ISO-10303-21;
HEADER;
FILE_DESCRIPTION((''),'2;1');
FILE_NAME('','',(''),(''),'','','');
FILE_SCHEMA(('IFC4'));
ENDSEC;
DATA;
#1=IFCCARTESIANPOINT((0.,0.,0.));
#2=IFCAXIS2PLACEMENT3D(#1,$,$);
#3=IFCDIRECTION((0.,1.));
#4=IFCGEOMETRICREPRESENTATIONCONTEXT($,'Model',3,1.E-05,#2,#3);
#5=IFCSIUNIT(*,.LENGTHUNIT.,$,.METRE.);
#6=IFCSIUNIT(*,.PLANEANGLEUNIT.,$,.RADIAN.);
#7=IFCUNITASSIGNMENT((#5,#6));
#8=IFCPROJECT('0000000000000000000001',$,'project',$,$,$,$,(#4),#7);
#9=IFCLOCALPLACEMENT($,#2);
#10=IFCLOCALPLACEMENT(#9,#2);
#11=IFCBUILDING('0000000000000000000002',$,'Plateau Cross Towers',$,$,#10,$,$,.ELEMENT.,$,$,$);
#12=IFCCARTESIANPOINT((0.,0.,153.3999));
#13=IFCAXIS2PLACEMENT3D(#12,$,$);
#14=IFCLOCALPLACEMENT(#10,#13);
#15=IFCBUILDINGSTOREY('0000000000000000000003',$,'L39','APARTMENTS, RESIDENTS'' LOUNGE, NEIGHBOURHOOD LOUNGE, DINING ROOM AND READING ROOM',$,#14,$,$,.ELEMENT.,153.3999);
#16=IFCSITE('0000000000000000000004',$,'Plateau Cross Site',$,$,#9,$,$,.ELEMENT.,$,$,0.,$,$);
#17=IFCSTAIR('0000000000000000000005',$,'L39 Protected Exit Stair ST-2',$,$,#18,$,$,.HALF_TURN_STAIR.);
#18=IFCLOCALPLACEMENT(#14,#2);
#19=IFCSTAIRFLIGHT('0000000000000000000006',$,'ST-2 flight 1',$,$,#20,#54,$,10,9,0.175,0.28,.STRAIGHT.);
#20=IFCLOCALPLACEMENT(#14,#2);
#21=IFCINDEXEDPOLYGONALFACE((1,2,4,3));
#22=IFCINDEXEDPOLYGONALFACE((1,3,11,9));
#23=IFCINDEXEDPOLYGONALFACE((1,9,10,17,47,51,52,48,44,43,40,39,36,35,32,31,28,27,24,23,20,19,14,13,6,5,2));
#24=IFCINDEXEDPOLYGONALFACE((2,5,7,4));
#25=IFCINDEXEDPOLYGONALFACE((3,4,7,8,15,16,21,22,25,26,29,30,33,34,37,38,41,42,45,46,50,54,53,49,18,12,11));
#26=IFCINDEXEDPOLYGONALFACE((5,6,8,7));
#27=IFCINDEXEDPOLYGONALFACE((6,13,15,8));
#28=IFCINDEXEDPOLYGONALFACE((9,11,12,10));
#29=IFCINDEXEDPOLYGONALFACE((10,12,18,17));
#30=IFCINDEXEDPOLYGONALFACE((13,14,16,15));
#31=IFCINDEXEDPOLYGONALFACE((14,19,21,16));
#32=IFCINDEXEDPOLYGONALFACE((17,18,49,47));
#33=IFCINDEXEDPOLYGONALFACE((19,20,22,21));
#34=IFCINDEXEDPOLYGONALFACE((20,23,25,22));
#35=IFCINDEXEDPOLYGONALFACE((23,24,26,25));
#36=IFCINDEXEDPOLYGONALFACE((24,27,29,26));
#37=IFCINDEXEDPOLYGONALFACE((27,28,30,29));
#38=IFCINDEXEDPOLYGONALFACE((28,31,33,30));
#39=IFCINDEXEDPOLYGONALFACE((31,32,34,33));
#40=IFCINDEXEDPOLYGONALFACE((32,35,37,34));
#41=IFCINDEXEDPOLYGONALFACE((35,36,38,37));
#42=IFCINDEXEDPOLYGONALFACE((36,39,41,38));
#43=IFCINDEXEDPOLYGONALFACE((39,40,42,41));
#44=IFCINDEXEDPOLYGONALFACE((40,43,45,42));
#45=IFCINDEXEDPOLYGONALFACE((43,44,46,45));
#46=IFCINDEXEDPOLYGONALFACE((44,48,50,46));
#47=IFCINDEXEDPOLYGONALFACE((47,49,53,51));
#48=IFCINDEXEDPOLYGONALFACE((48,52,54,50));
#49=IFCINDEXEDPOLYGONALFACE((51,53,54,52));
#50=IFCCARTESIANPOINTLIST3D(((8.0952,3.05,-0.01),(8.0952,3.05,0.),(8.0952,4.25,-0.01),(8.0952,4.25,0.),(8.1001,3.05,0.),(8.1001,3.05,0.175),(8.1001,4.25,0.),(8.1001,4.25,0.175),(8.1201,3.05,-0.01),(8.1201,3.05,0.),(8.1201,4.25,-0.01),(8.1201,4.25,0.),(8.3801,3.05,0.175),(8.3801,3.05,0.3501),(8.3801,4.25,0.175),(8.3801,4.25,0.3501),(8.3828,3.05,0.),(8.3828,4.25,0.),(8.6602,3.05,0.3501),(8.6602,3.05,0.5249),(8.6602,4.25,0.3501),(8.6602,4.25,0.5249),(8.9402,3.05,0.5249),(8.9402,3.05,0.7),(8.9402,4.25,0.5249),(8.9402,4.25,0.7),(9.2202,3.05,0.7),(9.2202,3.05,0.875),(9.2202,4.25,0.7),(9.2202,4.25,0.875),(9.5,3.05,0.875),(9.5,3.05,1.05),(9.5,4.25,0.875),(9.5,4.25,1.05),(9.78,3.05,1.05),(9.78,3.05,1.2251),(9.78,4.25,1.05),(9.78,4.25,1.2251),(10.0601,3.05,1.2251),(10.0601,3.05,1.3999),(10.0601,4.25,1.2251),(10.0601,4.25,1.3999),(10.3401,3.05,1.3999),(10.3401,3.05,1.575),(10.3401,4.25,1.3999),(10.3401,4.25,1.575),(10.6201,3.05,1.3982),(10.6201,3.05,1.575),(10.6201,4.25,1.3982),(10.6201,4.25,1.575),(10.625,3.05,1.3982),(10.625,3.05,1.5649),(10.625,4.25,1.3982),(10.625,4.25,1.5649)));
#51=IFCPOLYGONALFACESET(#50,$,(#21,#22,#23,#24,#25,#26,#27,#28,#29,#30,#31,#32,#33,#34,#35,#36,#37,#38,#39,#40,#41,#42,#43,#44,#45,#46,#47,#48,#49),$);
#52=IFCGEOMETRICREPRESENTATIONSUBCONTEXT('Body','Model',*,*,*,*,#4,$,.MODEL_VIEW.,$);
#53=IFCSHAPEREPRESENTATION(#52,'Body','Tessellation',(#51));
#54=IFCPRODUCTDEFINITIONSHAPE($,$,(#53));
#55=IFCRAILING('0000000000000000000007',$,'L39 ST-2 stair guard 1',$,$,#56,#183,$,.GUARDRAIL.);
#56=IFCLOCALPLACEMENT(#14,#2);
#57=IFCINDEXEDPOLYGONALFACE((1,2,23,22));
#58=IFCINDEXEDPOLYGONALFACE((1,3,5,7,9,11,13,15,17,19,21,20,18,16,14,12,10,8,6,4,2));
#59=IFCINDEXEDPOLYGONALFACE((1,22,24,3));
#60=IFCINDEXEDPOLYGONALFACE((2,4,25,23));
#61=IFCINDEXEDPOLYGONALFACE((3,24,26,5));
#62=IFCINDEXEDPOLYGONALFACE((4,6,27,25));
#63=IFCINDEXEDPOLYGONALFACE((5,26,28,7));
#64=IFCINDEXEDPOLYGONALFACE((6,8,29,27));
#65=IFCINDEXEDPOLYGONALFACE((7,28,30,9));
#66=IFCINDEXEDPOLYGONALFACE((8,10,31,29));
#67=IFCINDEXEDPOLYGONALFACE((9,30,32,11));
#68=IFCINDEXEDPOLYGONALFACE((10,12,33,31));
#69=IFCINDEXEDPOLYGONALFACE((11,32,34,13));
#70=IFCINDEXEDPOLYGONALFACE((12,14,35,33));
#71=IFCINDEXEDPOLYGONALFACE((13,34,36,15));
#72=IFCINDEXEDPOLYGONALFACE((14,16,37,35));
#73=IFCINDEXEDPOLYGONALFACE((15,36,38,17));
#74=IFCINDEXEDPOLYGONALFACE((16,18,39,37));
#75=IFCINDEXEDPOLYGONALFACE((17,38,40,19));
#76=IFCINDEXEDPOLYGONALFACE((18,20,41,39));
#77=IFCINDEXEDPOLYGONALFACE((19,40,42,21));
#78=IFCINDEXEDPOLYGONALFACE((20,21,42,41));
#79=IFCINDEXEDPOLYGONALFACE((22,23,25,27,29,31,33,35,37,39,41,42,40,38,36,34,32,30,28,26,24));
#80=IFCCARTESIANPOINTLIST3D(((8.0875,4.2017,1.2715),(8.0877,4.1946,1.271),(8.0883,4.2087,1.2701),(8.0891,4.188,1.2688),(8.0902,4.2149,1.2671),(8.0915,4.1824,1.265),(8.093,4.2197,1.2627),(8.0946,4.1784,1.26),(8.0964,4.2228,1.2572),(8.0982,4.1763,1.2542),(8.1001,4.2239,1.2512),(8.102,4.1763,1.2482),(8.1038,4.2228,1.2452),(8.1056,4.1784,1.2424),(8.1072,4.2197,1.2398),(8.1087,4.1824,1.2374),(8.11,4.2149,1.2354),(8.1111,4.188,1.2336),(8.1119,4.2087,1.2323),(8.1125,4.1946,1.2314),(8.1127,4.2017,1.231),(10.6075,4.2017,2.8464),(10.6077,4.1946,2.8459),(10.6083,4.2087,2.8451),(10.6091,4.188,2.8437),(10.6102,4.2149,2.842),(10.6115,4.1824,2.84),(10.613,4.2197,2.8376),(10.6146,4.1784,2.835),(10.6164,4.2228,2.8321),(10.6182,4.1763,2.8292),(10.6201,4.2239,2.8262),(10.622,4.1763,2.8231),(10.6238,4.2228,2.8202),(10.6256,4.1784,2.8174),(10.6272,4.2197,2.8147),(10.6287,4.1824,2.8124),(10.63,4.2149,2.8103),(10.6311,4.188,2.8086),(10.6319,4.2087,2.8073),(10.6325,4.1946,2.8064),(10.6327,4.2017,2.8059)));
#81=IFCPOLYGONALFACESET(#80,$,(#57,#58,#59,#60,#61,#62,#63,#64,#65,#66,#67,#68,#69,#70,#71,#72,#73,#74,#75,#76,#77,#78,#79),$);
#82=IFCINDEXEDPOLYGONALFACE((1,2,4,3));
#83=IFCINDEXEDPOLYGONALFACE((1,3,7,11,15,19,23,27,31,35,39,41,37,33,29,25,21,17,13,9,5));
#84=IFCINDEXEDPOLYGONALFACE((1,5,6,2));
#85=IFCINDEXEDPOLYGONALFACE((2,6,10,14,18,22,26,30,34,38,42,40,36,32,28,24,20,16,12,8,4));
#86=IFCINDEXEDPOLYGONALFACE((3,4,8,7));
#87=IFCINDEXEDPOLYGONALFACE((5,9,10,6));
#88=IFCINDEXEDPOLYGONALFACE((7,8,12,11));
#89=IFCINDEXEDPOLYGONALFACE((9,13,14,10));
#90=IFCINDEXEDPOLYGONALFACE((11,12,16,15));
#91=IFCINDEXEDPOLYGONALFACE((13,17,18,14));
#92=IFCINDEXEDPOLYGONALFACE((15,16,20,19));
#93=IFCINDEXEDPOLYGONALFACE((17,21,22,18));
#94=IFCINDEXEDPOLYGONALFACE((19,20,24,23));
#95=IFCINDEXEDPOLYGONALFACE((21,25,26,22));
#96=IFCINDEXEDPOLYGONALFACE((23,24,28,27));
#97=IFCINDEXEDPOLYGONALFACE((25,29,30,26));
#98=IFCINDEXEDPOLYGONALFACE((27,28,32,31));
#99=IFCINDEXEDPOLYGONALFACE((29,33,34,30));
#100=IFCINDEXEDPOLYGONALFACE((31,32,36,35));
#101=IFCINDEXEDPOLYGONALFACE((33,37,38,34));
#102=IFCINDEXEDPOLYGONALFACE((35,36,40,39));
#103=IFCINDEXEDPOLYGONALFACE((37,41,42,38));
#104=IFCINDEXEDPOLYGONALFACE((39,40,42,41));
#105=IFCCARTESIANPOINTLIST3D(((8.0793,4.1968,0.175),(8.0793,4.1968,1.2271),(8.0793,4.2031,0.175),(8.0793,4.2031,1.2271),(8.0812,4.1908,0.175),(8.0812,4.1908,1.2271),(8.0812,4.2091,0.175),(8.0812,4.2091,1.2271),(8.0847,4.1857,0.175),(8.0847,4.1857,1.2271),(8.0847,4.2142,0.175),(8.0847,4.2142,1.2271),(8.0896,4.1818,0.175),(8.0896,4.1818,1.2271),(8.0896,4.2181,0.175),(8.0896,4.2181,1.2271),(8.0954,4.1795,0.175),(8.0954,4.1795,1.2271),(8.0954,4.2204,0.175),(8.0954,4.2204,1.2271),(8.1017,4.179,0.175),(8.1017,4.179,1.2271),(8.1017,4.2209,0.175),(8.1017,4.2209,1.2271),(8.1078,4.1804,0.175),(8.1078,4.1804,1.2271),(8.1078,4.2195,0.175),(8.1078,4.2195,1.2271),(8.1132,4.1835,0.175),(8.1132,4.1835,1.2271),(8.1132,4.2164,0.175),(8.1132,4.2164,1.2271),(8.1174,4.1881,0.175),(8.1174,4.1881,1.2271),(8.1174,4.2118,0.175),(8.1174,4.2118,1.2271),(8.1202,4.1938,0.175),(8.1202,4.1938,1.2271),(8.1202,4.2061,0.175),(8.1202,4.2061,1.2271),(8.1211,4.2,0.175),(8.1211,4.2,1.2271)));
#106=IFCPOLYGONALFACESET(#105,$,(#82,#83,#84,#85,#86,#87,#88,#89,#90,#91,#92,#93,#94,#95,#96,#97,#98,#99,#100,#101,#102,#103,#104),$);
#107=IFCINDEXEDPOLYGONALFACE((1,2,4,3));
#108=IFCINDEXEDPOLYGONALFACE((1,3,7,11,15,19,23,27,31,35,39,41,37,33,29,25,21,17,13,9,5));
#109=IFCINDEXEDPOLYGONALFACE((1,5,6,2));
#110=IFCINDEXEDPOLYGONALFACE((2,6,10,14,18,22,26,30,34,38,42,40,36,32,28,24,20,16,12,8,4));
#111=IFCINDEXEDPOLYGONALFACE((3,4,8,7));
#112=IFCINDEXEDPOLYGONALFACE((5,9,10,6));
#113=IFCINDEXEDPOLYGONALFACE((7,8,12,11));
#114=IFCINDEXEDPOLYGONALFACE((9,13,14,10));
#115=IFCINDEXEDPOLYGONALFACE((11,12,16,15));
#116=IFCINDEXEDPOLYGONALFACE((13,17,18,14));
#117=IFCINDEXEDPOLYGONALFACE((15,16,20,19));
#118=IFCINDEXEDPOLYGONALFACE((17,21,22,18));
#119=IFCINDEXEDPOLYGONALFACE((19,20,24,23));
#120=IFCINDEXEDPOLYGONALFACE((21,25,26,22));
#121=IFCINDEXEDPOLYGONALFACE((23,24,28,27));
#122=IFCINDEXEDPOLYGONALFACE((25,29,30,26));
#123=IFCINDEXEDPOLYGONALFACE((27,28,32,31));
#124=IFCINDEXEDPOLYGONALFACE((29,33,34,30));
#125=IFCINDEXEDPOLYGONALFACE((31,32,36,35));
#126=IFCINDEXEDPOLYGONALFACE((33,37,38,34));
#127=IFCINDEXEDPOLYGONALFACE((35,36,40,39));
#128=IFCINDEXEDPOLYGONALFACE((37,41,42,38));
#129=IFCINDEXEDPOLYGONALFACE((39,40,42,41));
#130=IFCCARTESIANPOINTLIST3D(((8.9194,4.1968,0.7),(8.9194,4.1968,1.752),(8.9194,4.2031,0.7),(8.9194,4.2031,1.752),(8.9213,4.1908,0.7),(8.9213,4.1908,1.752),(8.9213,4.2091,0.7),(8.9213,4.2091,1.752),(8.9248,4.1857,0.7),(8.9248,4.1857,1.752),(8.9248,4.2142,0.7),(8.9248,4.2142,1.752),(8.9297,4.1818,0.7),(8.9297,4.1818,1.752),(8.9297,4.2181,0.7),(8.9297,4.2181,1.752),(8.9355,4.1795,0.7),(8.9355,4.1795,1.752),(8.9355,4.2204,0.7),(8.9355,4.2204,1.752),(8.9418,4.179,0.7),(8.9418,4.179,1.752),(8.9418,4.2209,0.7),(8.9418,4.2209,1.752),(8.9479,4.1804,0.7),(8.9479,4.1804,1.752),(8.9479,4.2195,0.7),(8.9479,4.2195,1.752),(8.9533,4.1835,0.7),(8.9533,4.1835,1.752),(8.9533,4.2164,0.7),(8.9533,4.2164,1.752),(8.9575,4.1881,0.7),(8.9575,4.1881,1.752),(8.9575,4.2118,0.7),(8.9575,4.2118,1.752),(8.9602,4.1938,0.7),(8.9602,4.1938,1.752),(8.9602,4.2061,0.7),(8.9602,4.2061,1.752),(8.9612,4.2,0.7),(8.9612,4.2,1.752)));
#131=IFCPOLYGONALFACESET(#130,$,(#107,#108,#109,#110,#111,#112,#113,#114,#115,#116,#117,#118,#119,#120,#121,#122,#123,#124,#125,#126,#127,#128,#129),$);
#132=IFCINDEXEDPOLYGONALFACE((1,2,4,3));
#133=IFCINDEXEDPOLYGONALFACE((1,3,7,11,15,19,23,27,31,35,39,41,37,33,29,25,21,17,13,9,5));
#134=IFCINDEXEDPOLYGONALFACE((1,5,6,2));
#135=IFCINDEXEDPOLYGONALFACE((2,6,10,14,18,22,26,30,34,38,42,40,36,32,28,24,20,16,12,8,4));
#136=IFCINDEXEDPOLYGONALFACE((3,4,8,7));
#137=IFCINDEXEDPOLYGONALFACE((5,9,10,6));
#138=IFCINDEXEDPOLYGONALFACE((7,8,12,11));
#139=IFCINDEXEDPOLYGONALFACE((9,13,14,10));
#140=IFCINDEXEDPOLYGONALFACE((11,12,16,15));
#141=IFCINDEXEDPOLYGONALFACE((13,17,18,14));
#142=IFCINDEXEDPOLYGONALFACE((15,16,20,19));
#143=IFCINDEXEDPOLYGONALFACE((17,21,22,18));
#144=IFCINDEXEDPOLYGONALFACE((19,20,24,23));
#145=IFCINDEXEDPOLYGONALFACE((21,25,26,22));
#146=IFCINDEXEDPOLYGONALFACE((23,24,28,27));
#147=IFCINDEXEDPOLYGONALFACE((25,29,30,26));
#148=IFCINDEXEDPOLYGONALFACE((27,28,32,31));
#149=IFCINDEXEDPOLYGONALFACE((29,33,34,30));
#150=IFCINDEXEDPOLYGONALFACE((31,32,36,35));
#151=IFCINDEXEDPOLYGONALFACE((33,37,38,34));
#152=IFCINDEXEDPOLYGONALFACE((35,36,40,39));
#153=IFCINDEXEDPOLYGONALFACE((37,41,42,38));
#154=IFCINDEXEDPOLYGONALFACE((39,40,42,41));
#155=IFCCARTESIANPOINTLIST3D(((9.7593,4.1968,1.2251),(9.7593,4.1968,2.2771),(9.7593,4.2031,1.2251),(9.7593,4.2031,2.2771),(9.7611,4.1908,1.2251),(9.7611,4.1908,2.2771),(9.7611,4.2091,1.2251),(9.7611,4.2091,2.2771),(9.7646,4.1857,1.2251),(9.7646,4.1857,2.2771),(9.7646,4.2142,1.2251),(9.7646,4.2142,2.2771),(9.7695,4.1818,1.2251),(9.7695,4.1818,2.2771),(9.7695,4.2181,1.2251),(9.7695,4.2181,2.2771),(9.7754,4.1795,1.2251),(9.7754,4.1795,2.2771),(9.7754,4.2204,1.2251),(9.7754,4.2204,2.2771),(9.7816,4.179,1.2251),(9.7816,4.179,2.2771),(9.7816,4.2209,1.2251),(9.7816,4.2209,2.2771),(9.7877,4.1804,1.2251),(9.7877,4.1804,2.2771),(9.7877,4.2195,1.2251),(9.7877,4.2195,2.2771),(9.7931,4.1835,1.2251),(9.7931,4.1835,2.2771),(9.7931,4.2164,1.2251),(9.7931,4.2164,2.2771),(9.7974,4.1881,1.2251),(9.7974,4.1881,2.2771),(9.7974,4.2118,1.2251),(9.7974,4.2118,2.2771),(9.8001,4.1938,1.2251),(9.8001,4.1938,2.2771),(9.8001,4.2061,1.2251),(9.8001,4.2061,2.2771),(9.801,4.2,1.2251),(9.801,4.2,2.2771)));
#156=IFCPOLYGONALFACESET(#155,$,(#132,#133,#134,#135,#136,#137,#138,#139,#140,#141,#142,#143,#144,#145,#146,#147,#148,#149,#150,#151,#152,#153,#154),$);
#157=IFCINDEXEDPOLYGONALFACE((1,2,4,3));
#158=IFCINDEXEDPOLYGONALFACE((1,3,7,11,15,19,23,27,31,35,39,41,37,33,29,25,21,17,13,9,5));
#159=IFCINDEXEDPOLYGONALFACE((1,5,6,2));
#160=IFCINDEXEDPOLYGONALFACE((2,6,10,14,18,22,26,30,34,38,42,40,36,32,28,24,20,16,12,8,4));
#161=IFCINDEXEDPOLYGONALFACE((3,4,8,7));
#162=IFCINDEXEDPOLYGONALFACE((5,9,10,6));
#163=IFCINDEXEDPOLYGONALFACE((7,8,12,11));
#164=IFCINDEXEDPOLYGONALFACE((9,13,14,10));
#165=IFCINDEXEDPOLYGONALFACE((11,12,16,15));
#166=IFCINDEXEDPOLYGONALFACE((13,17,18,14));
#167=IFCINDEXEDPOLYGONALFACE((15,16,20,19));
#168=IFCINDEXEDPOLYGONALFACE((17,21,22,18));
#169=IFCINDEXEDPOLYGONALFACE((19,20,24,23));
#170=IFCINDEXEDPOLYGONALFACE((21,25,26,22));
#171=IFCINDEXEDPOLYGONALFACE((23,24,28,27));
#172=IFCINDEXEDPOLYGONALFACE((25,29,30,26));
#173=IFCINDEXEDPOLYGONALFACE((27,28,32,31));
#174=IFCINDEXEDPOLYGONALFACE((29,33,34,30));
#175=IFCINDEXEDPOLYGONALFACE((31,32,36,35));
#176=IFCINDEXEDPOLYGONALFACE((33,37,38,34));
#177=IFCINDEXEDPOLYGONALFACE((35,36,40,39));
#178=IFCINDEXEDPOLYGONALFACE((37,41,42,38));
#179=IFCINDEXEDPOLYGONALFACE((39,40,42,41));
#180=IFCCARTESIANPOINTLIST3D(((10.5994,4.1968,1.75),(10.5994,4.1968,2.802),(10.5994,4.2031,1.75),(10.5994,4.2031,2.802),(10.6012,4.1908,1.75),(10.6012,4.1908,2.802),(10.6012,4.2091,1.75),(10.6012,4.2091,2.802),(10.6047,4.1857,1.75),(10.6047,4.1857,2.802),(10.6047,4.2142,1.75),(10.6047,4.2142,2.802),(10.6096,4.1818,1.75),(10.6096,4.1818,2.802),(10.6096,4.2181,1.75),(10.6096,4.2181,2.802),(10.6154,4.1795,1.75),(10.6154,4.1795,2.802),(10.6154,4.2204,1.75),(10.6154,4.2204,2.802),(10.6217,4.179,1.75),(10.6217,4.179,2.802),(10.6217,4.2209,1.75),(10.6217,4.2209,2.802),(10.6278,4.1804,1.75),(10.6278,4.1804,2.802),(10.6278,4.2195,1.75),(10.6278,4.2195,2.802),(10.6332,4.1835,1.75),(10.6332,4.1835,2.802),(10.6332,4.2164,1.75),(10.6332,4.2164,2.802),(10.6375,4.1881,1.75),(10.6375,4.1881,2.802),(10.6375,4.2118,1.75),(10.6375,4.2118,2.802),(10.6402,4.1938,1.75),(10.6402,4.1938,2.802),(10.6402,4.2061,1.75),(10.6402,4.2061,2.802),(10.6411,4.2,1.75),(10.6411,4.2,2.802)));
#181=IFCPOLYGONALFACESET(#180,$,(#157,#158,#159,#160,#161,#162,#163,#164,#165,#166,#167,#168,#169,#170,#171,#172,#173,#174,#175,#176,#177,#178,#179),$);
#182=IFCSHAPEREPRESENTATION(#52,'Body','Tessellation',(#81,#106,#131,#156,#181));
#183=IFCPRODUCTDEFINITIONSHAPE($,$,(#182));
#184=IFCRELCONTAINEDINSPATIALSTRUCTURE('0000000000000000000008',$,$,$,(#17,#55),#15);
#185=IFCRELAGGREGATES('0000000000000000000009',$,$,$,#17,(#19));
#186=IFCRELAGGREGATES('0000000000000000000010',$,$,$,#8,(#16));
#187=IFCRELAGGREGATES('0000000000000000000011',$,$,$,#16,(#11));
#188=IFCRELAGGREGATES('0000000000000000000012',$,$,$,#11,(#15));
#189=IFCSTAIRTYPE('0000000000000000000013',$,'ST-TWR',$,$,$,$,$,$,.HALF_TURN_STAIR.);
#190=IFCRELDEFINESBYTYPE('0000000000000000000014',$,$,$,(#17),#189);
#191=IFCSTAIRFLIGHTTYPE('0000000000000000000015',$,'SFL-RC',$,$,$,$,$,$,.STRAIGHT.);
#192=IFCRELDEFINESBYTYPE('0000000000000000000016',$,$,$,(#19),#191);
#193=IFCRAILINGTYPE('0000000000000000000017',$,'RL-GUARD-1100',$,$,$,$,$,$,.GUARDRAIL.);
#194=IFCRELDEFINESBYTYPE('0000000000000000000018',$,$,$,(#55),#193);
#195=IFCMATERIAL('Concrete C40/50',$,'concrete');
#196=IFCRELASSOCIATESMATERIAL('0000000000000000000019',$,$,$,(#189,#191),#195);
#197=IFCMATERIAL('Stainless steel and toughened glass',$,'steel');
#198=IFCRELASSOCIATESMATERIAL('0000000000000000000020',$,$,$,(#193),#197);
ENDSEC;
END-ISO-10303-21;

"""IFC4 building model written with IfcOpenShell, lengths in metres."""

from ifc_helpers import new_model, si_unit, direction, frame, origin, origin_2d, place, context, subcontext, project, spatial, polyline, circle, outline, extrude, material, type_object, element, aggregate, save


model = new_model("IFC4")

# Units and contexts
model_context = context("Model", 3, precision=1e-05, world=origin(), true_north=direction((0.0, 1.0)))
body_context = subcontext(model_context, "Body", "Model", "MODEL_VIEW")
ifc_project = project(units=[si_unit("LENGTHUNIT", "METRE"), si_unit("PLANEANGLEUNIT", "RADIAN")], contexts=[model_context])

# Site, building, storey
site_placement = place(None, origin())
site = spatial("IfcSite", under=ifc_project, at=site_placement, Name="Plateau Cross Site", CompositionType="ELEMENT", RefElevation=0.0)
building_placement = place(site_placement, origin())
building = spatial("IfcBuilding", under=site, at=building_placement, Name="Plateau Cross Towers", CompositionType="ELEMENT")
storey_placement = place(building_placement, frame((0.0, 0.0, 153.3999)))
storey = spatial("IfcBuildingStorey", under=building, at=storey_placement, Name="L39", Description="APARTMENTS, RESIDENTS' LOUNGE, NEIGHBOURHOOD LOUNGE, DINING ROOM AND READING ROOM", CompositionType="ELEMENT", Elevation=153.3999)

# Shared definitions
ifc_material_1 = material(Name="Concrete C40/50", Category="concrete")

# Stair
stair_type = type_object("IfcStairType", Name="ST-TWR", PredefinedType="HALF_TURN_STAIR", material=ifc_material_1)
stair_1_placement = place(storey_placement, origin())
stair_1 = element("IfcStair", 1, at=stair_1_placement, inside=storey, type_object=stair_type, Name="L39 Protected Exit Stair ST-2", PredefinedType="HALF_TURN_STAIR")

# Stair flight
stair_flight_type = type_object("IfcStairFlightType", Name="SFL-RC", PredefinedType="STRAIGHT", material=ifc_material_1)
stair_flight_placement = place(storey_placement, frame((8.1001, 3.6499, 0.0), z_axis=(0.0, 0.0, 1.0), x_axis=(1.0, 0.0, 0.0)))
stair_flight = element("IfcStairFlight", 2, at=stair_flight_placement, type_object=stair_flight_type, Name="ST-2 flight 1", NumberOfRisers=10, NumberOfTreads=9, PredefinedType="STRAIGHT", RiserHeight=0.175, TreadLength=0.28, context=body_context, shape_type="SweptSolid", body=[
    extrude(outline(polyline([(-0.0049, -0.01), (-0.0049, 0.0), (0.0, 0.0), (0.0, 0.175), (0.28, 0.175), (0.28, 0.3501), (0.5601, 0.3501), (0.5601, 0.5249), (0.8401, 0.5249), (0.8401, 0.7), (1.1201, 0.7), (1.1201, 0.875), (1.3999, 0.875), (1.3999, 1.05), (1.6799, 1.05), (1.6799, 1.2251), (1.96, 1.2251), (1.96, 1.3999), (2.24, 1.3999), (2.24, 1.575), (2.52, 1.575), (2.5249, 1.5649), (2.5249, 1.3982), (2.52, 1.3982), (0.2827, 0.0), (0.02, 0.0), (0.02, -0.01), (-0.0049, -0.01)])), frame((0.0, 0.6001, 0.0), z_axis=(0.0, -1.0, 0.0), x_axis=(1.0, 0.0, 0.0)), (0.0, 0.0, 1.0), 1.2),
])
aggregate(stair_1, [stair_flight])

# Railing
ifc_material_2 = material(Name="Stainless steel and toughened glass", Category="steel")
railing_type_1 = type_object("IfcRailingType", Name="RL-GUARD-1100", PredefinedType="GUARDRAIL", material=ifc_material_2)
railing_1_placement = place(storey_placement, frame((8.1001, 4.2, 0.175)))
element("IfcRailing", 3, at=railing_1_placement, inside=storey, type_object=railing_type_1, Name="L39 ST-2 stair guard 1", PredefinedType="GUARDRAIL", context=body_context, shape_type="SweptSolid", body=[
    extrude(circle(Radius=0.0239, at=origin_2d()), frame((0.0, 0.0, 1.0762), z_axis=(0.848008, 0.0, 0.529984), x_axis=(0.0, 1.0, 0.0)), (0.0, 0.0, 1.0), 2.9717),
    extrude(circle(Radius=0.021, at=origin_2d()), origin(), (0.0, 0.0, 1.0), 1.052),
    extrude(circle(Radius=0.021, at=origin_2d()), frame((0.8401, 0.0, 0.5249)), (0.0, 0.0, 1.0), 1.052),
    extrude(circle(Radius=0.021, at=origin_2d()), frame((1.6799, 0.0, 1.05)), (0.0, 0.0, 1.0), 1.052),
    extrude(circle(Radius=0.021, at=origin_2d()), frame((2.52, 0.0, 1.575)), (0.0, 0.0, 1.0), 1.052),
])

save(model, "model.ifc")
